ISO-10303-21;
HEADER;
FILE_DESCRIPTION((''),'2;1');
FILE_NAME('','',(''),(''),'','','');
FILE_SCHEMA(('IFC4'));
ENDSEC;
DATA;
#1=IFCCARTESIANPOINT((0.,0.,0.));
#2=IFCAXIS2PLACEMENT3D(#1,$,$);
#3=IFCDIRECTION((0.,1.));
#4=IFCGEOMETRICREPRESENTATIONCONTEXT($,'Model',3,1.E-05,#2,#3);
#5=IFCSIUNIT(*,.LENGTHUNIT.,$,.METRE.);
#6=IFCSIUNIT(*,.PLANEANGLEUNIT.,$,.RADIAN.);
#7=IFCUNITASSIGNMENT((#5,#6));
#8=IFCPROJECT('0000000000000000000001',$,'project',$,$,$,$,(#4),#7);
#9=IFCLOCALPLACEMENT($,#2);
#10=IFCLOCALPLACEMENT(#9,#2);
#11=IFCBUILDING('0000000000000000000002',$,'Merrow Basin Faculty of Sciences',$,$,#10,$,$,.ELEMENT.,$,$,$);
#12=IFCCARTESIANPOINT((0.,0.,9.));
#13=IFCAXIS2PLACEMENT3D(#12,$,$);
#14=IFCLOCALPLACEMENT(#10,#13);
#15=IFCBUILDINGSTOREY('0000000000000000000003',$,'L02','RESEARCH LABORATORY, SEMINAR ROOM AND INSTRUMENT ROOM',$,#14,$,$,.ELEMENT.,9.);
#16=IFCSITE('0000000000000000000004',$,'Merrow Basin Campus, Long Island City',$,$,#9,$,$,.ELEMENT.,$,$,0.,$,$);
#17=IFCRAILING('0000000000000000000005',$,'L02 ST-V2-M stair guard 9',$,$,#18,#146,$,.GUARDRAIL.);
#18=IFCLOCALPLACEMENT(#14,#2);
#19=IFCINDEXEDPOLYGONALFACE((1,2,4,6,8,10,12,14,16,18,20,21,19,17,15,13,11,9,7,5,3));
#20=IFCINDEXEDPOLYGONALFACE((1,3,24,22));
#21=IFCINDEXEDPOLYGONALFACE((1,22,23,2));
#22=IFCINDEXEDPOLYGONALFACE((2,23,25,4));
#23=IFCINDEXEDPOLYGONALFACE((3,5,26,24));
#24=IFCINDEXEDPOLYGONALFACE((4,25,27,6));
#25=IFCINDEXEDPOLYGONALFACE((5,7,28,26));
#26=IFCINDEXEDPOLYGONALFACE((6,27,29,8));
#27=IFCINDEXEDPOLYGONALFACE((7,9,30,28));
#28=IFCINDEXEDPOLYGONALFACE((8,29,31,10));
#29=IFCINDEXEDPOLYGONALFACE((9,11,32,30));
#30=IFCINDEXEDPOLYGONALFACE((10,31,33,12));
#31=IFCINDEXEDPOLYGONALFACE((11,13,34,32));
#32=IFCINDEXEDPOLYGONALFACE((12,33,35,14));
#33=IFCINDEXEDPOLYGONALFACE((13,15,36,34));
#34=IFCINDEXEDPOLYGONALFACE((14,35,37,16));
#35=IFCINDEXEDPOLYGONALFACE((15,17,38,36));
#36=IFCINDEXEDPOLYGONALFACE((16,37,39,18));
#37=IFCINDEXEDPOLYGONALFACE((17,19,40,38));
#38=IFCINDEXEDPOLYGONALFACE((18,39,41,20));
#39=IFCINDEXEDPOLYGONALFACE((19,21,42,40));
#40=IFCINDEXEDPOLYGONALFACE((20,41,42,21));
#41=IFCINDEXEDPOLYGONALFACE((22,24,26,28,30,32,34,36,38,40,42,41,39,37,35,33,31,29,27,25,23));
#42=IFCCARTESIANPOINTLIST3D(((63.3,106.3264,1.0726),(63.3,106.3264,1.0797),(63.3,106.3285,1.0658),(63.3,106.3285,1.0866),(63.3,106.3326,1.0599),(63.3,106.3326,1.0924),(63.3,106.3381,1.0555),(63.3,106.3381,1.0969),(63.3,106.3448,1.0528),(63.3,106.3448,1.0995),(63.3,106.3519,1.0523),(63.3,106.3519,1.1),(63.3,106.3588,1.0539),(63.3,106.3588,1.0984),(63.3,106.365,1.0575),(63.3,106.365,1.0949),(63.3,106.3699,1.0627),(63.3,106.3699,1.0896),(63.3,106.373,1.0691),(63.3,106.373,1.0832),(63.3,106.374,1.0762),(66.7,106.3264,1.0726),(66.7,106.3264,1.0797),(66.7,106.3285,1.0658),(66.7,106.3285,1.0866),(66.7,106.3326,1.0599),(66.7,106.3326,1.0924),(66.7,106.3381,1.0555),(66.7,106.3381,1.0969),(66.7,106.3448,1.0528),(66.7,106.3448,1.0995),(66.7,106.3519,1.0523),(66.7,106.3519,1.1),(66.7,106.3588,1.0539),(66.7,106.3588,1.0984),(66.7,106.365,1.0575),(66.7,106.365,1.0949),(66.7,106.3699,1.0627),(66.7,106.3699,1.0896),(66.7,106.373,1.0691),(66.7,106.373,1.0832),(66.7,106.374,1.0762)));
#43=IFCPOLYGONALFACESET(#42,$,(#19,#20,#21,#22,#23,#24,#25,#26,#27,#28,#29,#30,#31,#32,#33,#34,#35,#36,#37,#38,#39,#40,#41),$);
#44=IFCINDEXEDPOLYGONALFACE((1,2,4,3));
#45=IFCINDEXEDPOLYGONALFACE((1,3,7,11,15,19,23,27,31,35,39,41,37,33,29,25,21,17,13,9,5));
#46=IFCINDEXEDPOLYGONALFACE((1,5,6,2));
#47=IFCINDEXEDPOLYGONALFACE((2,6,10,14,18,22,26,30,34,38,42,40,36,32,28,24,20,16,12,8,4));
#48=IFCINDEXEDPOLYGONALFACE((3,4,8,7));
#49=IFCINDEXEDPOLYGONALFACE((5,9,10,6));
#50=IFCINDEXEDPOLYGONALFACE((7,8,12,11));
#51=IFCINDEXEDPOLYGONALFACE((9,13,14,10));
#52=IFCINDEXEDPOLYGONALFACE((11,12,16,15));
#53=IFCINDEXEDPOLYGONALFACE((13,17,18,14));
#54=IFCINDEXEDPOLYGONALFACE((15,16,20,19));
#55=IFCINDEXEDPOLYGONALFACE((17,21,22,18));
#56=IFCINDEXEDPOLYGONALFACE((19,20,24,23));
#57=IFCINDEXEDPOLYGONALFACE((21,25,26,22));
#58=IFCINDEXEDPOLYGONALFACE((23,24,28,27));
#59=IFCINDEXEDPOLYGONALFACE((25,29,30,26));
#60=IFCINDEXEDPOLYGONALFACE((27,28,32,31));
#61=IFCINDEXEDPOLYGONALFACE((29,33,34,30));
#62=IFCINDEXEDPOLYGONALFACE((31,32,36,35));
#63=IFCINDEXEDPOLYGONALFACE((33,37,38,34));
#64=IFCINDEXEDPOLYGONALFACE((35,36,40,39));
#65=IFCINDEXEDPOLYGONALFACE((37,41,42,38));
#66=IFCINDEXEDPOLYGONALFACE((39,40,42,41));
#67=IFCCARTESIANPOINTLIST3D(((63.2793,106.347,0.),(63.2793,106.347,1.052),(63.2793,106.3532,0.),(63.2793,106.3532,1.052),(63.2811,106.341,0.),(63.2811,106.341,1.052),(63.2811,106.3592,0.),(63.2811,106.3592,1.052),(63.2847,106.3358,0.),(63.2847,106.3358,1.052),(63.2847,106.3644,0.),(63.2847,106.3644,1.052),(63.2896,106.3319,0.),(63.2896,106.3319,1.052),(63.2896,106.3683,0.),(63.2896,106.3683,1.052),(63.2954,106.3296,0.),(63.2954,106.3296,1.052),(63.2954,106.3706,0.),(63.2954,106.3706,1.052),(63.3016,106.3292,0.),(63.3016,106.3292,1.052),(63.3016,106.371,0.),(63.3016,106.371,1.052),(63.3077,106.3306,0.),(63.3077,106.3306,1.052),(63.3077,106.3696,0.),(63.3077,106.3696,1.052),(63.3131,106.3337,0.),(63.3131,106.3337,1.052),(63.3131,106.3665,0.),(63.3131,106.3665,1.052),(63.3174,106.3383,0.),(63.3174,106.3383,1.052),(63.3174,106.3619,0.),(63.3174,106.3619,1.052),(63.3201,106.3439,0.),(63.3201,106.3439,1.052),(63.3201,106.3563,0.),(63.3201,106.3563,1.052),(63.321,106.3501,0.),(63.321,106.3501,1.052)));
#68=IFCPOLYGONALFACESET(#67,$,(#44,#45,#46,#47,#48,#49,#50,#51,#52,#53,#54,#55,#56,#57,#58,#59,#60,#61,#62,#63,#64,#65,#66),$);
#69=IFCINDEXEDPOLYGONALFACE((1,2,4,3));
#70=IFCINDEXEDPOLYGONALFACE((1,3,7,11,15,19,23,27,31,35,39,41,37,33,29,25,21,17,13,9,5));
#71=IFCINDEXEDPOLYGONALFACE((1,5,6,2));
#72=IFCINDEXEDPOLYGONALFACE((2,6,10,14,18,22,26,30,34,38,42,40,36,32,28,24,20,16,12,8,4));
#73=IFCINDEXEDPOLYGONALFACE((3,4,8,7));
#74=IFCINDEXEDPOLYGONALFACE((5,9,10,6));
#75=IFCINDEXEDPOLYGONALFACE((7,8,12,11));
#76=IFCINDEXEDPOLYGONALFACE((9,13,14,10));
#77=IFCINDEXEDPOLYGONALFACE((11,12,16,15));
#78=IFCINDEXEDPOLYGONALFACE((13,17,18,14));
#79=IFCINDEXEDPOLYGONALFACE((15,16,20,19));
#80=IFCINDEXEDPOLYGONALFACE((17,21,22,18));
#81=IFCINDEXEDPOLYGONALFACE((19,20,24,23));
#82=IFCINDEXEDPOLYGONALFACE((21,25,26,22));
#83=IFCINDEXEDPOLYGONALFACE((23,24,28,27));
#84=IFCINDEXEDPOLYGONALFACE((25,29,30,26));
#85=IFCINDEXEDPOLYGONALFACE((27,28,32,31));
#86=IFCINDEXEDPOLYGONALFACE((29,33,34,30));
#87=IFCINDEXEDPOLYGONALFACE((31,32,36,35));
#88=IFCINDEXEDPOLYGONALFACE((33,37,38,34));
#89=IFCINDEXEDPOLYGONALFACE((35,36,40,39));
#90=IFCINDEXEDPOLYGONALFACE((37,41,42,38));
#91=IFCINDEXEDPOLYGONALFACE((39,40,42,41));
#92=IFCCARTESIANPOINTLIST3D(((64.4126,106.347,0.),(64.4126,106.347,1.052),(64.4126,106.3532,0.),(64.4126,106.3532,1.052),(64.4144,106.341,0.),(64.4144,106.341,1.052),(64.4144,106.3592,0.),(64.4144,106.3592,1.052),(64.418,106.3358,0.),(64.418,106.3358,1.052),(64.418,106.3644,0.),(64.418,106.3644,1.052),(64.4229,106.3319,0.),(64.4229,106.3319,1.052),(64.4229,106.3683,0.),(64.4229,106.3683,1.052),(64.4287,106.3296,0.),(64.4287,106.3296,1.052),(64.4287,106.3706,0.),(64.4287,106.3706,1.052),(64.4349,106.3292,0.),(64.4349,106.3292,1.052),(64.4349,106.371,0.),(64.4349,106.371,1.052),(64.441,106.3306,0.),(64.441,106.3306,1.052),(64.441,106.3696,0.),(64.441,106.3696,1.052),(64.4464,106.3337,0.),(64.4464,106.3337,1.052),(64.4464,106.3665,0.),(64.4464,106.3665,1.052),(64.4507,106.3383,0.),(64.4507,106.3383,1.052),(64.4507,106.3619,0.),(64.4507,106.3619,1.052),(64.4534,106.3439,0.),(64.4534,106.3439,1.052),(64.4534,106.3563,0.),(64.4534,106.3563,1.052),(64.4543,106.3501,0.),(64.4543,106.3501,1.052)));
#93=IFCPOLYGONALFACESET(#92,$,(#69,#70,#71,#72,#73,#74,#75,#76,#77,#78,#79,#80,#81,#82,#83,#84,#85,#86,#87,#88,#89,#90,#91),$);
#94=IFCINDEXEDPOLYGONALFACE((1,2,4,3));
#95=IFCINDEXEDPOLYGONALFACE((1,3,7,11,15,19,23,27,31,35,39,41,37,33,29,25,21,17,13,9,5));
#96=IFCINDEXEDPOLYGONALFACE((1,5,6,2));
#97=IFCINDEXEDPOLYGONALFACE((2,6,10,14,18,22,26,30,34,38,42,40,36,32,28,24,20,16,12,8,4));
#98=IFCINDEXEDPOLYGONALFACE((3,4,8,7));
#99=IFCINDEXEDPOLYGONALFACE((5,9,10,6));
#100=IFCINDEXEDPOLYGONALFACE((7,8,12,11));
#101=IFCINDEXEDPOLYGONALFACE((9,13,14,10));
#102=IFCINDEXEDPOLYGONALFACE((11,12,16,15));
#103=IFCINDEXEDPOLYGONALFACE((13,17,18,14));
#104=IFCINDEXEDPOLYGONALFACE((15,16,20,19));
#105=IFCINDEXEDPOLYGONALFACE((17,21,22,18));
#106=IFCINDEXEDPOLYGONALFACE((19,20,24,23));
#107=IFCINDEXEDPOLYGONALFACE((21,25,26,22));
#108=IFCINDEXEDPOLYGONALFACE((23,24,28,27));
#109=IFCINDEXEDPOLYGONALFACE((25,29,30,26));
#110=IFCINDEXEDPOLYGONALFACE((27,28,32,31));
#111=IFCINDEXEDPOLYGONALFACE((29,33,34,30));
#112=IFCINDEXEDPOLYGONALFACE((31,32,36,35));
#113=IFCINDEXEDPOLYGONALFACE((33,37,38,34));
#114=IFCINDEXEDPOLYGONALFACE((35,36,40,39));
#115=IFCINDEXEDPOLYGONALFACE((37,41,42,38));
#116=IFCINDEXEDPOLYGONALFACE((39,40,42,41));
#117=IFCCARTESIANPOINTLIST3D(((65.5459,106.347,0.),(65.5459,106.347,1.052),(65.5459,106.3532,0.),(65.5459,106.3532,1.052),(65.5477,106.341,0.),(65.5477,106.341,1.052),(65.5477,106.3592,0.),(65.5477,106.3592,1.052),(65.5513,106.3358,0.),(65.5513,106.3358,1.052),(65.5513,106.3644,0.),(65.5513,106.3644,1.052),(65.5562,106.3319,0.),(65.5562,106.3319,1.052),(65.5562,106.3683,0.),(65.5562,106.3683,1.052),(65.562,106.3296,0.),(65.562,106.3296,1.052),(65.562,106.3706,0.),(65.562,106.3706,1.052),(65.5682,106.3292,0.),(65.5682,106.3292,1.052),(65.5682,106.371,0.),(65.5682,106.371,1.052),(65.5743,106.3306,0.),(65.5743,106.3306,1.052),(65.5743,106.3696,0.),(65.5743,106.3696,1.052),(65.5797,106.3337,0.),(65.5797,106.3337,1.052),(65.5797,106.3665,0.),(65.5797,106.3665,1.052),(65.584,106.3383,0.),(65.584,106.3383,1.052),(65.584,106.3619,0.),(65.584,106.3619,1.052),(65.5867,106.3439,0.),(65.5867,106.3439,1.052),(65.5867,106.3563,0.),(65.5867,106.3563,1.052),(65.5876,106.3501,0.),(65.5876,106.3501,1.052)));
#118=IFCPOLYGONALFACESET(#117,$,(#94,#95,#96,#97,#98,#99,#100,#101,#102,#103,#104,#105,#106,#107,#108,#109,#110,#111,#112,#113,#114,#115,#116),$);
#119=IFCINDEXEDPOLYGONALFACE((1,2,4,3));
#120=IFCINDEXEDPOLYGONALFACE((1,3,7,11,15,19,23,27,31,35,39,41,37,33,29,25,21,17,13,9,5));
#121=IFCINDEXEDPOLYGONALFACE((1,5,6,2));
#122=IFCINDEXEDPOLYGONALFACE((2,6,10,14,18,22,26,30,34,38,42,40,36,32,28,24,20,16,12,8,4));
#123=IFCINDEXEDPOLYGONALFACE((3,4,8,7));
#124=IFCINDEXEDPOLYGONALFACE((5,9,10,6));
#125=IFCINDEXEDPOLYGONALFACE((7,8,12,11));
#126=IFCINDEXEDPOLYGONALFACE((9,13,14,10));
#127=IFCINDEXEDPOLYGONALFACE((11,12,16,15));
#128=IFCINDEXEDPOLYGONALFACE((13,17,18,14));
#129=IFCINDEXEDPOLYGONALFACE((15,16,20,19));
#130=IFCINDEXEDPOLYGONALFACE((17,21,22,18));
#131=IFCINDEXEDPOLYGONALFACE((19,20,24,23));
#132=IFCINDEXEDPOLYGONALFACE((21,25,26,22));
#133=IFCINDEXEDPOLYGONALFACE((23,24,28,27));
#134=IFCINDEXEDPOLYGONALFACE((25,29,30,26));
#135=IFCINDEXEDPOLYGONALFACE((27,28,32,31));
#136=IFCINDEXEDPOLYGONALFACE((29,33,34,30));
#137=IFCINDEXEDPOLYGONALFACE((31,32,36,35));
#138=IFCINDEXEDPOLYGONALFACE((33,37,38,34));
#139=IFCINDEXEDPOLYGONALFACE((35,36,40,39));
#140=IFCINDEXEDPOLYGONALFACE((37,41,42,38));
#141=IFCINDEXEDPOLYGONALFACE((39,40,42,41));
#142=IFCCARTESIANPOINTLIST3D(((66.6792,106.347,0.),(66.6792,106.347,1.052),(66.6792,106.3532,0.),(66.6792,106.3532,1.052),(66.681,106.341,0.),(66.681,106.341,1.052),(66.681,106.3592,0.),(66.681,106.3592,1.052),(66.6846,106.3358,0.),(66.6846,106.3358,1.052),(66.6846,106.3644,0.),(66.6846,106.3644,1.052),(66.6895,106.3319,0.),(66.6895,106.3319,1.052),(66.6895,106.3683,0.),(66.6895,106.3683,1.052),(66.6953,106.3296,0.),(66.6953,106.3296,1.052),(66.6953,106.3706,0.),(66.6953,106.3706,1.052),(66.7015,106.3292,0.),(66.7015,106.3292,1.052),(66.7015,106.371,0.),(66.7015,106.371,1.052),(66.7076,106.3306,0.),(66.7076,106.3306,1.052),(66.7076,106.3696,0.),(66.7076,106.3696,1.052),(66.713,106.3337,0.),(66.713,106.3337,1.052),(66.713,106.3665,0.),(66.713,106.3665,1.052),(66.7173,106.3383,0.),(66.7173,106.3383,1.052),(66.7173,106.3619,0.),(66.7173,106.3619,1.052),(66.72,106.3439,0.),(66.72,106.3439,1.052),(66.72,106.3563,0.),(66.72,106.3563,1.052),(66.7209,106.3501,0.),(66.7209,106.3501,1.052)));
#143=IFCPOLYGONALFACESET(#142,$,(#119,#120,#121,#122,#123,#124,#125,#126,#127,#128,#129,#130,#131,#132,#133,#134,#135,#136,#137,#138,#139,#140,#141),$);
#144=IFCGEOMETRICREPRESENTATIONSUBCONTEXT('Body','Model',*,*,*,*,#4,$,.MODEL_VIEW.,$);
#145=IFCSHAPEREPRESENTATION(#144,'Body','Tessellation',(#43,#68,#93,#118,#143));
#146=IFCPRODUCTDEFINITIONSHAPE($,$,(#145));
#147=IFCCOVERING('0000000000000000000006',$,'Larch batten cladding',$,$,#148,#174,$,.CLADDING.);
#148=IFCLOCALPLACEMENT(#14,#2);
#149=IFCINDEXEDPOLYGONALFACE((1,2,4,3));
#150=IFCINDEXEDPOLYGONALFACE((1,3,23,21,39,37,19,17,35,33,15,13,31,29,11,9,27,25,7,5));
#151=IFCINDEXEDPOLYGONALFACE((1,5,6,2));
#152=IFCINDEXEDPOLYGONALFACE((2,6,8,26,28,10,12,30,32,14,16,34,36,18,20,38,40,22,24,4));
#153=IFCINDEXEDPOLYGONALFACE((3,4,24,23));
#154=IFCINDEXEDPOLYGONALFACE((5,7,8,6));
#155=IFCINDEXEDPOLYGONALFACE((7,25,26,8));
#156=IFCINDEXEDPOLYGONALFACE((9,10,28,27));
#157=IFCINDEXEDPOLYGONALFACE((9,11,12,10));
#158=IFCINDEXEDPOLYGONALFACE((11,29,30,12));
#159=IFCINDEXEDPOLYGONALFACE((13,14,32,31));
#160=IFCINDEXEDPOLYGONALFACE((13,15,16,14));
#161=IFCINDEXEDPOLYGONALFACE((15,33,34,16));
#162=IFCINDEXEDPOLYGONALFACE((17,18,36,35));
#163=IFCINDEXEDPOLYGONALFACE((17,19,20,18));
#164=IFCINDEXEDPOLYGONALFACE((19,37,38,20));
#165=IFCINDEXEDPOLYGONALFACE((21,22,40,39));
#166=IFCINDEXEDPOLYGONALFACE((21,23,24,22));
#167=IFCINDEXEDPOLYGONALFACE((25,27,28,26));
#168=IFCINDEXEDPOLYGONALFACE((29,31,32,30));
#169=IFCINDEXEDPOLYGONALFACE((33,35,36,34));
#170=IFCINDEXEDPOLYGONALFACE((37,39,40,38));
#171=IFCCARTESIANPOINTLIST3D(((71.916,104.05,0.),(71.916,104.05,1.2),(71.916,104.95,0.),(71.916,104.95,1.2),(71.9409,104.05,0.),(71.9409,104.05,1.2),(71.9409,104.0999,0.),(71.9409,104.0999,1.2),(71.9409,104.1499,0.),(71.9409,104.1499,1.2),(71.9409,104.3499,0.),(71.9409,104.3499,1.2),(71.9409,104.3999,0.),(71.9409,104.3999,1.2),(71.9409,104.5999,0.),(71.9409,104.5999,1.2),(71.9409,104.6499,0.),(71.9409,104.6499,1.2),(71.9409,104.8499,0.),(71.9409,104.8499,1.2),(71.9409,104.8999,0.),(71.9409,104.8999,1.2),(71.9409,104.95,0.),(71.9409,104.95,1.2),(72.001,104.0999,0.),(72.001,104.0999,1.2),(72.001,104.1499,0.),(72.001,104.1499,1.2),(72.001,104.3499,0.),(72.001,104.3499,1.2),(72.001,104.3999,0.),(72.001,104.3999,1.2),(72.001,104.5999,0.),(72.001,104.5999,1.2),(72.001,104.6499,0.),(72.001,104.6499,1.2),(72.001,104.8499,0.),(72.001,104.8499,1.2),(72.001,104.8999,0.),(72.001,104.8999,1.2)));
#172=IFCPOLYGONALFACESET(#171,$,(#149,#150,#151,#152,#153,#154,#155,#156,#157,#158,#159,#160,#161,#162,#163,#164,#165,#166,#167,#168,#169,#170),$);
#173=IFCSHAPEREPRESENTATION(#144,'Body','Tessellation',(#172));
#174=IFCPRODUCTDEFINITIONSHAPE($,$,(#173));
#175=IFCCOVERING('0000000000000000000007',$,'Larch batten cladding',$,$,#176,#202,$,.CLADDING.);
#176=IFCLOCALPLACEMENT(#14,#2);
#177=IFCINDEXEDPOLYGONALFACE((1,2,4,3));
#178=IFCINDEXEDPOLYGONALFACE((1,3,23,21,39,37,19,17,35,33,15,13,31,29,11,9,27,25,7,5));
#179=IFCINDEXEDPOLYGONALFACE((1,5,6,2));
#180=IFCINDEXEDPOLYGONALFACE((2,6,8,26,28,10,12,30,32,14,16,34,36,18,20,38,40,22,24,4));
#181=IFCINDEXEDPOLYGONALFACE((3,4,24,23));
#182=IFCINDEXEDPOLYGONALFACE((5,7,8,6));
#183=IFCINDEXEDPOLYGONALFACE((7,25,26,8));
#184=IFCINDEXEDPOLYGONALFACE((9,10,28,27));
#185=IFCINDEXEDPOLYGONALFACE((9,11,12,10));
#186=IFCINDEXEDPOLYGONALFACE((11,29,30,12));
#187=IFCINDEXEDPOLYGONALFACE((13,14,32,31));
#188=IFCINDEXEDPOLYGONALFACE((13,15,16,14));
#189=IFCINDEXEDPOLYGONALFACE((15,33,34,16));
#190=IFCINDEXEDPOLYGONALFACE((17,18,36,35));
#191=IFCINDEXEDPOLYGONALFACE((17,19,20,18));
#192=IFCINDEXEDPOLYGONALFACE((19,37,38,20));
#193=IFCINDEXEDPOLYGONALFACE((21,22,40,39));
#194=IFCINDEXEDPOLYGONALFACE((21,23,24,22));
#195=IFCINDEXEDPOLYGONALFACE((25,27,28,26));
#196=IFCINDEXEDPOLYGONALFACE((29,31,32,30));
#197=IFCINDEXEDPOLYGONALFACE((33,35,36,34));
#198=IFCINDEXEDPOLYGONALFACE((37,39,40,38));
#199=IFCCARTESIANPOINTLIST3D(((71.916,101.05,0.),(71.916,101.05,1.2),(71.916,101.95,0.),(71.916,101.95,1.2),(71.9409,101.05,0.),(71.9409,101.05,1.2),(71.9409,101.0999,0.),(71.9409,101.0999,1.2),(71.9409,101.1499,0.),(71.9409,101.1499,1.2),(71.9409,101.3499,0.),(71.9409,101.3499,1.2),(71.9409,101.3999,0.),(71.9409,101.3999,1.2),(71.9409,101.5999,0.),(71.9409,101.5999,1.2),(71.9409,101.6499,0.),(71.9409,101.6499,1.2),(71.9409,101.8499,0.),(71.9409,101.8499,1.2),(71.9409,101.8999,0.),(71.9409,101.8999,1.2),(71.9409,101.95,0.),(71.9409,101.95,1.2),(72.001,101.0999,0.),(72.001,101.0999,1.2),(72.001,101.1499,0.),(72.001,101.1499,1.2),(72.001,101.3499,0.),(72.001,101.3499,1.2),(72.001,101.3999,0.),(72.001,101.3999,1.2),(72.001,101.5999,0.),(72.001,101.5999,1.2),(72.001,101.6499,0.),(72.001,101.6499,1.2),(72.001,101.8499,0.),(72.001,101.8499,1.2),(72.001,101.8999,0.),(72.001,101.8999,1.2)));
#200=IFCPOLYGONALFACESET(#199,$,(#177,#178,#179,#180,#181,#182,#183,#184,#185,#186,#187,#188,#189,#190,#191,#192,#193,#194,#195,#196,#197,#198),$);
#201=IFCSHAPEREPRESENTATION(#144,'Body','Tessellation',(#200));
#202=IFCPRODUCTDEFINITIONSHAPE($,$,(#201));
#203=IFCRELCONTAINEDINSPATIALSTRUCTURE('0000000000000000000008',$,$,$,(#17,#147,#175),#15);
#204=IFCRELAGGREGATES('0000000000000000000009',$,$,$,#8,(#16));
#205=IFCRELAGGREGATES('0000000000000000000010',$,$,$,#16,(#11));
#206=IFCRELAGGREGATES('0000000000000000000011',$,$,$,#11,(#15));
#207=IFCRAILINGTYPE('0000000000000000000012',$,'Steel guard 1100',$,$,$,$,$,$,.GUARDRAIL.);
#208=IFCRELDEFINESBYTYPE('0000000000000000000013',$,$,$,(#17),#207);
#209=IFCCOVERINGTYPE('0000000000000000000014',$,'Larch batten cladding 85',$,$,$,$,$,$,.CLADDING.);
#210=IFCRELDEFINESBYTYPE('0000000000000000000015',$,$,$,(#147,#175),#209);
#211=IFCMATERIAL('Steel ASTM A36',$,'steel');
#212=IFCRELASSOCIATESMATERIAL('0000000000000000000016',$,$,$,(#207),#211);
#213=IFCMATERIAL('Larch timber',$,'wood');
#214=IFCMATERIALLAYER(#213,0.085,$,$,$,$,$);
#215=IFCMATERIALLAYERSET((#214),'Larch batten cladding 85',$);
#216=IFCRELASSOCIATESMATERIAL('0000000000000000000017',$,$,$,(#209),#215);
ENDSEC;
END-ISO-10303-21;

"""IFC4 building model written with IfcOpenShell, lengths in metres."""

from ifc_helpers import new_model, si_unit, direction, frame, origin, origin_2d, place, context, subcontext, project, spatial, polyline, circle, outline, extrude, source, transform, mapped, material, layer, layer_set, type_object, element, save


model = new_model("IFC4")

# Units and contexts
model_context = context("Model", 3, precision=1e-05, world=origin(), true_north=direction((0.0, 1.0)))
body_context = subcontext(model_context, "Body", "Model", "MODEL_VIEW")
ifc_project = project(units=[si_unit("LENGTHUNIT", "METRE"), si_unit("PLANEANGLEUNIT", "RADIAN")], contexts=[model_context])

# Site, building, storey
site_placement = place(None, origin())
site = spatial("IfcSite", under=ifc_project, at=site_placement, Name="Merrow Basin Campus, Long Island City", CompositionType="ELEMENT", RefElevation=0.0)
building_placement = place(site_placement, origin())
building = spatial("IfcBuilding", under=site, at=building_placement, Name="Merrow Basin Faculty of Sciences", CompositionType="ELEMENT")
storey_placement = place(building_placement, frame((0.0, 0.0, 9.0)))
storey = spatial("IfcBuildingStorey", under=building, at=storey_placement, Name="L02", Description="RESEARCH LABORATORY, SEMINAR ROOM AND INSTRUMENT ROOM", CompositionType="ELEMENT", Elevation=9.0)

# Railing
ifc_material_1 = material(Name="Steel ASTM A36", Category="steel")
railing_type = type_object("IfcRailingType", Name="Steel guard 1100", PredefinedType="GUARDRAIL", material=ifc_material_1)
railing_1_placement = place(storey_placement, frame((63.3, 106.3501, 0.0)))
element("IfcRailing", 1, at=railing_1_placement, inside=storey, type_object=railing_type, Name="L02 ST-V2-M stair guard 9", PredefinedType="GUARDRAIL", context=body_context, shape_type="SweptSolid", body=[
    extrude(circle(Radius=0.0239, at=origin_2d()), frame((0.0, 0.0, 1.0762), z_axis=(1.0, 0.0, 0.0), x_axis=(0.0, 1.0, 0.0)), (0.0, 0.0, 1.0), 3.3999),
    extrude(circle(Radius=0.021, at=origin_2d()), origin(), (0.0, 0.0, 1.0), 1.052),
    extrude(circle(Radius=0.021, at=origin_2d()), frame((1.1333, 0.0, 0.0)), (0.0, 0.0, 1.0), 1.052),
    extrude(circle(Radius=0.021, at=origin_2d()), frame((2.2666, 0.0, 0.0)), (0.0, 0.0, 1.0), 1.052),
    extrude(circle(Radius=0.021, at=origin_2d()), frame((3.3999, 0.0, 0.0)), (0.0, 0.0, 1.0), 1.052),
])

# Coverings
ifc_material_2 = material(Name="Larch timber", Category="wood")
ifc_layer_1 = layer(ifc_material_2, 0.085)
ifc_layer_set_1 = layer_set([ifc_layer_1], Name="Larch batten cladding 85")
covering_type = type_object("IfcCoveringType", Name="Larch batten cladding 85", PredefinedType="CLADDING", material=ifc_layer_set_1)
shared_shape_1 = source(origin(), body_context, "Body", "SweptSolid", [
    extrude(outline(polyline([(0.0, 0.0), (0.8999, 0.0), (0.8999, 0.0249), (0.8501, 0.0249), (0.8501, 0.085), (0.8, 0.085), (0.8, 0.0249), (0.6001, 0.0249), (0.6001, 0.085), (0.55, 0.085), (0.55, 0.0249), (0.3501, 0.0249), (0.3501, 0.085), (0.3, 0.085), (0.3, 0.0249), (0.1001, 0.0249), (0.1001, 0.085), (0.05, 0.085), (0.05, 0.0249), (0.0, 0.0249), (0.0, 0.0)])), origin(), (0.0, 0.0, 1.0), 1.2),
])
for number, where, z_axis, x_axis, name in (
    (2, (71.916, 104.95, 0.0), (0.0, 0.0, 1.0), (0.0, -1.0, 0.0), "Larch batten cladding"),
    (3, (71.916, 101.95, 0.0), (0.0, 0.0, 1.0), (0.0, -1.0, 0.0), "Larch batten cladding"),
):
    element("IfcCovering", number, at=place(storey_placement, frame(where, z_axis=z_axis, x_axis=x_axis)), inside=storey, type_object=covering_type, Name=name, PredefinedType="CLADDING", context=body_context, shape_type="MappedRepresentation", body=[
        mapped(shared_shape_1, transform((0.0, 0.0, 0.0), scale=1.0)),
    ])

save(model, "model.ifc")
